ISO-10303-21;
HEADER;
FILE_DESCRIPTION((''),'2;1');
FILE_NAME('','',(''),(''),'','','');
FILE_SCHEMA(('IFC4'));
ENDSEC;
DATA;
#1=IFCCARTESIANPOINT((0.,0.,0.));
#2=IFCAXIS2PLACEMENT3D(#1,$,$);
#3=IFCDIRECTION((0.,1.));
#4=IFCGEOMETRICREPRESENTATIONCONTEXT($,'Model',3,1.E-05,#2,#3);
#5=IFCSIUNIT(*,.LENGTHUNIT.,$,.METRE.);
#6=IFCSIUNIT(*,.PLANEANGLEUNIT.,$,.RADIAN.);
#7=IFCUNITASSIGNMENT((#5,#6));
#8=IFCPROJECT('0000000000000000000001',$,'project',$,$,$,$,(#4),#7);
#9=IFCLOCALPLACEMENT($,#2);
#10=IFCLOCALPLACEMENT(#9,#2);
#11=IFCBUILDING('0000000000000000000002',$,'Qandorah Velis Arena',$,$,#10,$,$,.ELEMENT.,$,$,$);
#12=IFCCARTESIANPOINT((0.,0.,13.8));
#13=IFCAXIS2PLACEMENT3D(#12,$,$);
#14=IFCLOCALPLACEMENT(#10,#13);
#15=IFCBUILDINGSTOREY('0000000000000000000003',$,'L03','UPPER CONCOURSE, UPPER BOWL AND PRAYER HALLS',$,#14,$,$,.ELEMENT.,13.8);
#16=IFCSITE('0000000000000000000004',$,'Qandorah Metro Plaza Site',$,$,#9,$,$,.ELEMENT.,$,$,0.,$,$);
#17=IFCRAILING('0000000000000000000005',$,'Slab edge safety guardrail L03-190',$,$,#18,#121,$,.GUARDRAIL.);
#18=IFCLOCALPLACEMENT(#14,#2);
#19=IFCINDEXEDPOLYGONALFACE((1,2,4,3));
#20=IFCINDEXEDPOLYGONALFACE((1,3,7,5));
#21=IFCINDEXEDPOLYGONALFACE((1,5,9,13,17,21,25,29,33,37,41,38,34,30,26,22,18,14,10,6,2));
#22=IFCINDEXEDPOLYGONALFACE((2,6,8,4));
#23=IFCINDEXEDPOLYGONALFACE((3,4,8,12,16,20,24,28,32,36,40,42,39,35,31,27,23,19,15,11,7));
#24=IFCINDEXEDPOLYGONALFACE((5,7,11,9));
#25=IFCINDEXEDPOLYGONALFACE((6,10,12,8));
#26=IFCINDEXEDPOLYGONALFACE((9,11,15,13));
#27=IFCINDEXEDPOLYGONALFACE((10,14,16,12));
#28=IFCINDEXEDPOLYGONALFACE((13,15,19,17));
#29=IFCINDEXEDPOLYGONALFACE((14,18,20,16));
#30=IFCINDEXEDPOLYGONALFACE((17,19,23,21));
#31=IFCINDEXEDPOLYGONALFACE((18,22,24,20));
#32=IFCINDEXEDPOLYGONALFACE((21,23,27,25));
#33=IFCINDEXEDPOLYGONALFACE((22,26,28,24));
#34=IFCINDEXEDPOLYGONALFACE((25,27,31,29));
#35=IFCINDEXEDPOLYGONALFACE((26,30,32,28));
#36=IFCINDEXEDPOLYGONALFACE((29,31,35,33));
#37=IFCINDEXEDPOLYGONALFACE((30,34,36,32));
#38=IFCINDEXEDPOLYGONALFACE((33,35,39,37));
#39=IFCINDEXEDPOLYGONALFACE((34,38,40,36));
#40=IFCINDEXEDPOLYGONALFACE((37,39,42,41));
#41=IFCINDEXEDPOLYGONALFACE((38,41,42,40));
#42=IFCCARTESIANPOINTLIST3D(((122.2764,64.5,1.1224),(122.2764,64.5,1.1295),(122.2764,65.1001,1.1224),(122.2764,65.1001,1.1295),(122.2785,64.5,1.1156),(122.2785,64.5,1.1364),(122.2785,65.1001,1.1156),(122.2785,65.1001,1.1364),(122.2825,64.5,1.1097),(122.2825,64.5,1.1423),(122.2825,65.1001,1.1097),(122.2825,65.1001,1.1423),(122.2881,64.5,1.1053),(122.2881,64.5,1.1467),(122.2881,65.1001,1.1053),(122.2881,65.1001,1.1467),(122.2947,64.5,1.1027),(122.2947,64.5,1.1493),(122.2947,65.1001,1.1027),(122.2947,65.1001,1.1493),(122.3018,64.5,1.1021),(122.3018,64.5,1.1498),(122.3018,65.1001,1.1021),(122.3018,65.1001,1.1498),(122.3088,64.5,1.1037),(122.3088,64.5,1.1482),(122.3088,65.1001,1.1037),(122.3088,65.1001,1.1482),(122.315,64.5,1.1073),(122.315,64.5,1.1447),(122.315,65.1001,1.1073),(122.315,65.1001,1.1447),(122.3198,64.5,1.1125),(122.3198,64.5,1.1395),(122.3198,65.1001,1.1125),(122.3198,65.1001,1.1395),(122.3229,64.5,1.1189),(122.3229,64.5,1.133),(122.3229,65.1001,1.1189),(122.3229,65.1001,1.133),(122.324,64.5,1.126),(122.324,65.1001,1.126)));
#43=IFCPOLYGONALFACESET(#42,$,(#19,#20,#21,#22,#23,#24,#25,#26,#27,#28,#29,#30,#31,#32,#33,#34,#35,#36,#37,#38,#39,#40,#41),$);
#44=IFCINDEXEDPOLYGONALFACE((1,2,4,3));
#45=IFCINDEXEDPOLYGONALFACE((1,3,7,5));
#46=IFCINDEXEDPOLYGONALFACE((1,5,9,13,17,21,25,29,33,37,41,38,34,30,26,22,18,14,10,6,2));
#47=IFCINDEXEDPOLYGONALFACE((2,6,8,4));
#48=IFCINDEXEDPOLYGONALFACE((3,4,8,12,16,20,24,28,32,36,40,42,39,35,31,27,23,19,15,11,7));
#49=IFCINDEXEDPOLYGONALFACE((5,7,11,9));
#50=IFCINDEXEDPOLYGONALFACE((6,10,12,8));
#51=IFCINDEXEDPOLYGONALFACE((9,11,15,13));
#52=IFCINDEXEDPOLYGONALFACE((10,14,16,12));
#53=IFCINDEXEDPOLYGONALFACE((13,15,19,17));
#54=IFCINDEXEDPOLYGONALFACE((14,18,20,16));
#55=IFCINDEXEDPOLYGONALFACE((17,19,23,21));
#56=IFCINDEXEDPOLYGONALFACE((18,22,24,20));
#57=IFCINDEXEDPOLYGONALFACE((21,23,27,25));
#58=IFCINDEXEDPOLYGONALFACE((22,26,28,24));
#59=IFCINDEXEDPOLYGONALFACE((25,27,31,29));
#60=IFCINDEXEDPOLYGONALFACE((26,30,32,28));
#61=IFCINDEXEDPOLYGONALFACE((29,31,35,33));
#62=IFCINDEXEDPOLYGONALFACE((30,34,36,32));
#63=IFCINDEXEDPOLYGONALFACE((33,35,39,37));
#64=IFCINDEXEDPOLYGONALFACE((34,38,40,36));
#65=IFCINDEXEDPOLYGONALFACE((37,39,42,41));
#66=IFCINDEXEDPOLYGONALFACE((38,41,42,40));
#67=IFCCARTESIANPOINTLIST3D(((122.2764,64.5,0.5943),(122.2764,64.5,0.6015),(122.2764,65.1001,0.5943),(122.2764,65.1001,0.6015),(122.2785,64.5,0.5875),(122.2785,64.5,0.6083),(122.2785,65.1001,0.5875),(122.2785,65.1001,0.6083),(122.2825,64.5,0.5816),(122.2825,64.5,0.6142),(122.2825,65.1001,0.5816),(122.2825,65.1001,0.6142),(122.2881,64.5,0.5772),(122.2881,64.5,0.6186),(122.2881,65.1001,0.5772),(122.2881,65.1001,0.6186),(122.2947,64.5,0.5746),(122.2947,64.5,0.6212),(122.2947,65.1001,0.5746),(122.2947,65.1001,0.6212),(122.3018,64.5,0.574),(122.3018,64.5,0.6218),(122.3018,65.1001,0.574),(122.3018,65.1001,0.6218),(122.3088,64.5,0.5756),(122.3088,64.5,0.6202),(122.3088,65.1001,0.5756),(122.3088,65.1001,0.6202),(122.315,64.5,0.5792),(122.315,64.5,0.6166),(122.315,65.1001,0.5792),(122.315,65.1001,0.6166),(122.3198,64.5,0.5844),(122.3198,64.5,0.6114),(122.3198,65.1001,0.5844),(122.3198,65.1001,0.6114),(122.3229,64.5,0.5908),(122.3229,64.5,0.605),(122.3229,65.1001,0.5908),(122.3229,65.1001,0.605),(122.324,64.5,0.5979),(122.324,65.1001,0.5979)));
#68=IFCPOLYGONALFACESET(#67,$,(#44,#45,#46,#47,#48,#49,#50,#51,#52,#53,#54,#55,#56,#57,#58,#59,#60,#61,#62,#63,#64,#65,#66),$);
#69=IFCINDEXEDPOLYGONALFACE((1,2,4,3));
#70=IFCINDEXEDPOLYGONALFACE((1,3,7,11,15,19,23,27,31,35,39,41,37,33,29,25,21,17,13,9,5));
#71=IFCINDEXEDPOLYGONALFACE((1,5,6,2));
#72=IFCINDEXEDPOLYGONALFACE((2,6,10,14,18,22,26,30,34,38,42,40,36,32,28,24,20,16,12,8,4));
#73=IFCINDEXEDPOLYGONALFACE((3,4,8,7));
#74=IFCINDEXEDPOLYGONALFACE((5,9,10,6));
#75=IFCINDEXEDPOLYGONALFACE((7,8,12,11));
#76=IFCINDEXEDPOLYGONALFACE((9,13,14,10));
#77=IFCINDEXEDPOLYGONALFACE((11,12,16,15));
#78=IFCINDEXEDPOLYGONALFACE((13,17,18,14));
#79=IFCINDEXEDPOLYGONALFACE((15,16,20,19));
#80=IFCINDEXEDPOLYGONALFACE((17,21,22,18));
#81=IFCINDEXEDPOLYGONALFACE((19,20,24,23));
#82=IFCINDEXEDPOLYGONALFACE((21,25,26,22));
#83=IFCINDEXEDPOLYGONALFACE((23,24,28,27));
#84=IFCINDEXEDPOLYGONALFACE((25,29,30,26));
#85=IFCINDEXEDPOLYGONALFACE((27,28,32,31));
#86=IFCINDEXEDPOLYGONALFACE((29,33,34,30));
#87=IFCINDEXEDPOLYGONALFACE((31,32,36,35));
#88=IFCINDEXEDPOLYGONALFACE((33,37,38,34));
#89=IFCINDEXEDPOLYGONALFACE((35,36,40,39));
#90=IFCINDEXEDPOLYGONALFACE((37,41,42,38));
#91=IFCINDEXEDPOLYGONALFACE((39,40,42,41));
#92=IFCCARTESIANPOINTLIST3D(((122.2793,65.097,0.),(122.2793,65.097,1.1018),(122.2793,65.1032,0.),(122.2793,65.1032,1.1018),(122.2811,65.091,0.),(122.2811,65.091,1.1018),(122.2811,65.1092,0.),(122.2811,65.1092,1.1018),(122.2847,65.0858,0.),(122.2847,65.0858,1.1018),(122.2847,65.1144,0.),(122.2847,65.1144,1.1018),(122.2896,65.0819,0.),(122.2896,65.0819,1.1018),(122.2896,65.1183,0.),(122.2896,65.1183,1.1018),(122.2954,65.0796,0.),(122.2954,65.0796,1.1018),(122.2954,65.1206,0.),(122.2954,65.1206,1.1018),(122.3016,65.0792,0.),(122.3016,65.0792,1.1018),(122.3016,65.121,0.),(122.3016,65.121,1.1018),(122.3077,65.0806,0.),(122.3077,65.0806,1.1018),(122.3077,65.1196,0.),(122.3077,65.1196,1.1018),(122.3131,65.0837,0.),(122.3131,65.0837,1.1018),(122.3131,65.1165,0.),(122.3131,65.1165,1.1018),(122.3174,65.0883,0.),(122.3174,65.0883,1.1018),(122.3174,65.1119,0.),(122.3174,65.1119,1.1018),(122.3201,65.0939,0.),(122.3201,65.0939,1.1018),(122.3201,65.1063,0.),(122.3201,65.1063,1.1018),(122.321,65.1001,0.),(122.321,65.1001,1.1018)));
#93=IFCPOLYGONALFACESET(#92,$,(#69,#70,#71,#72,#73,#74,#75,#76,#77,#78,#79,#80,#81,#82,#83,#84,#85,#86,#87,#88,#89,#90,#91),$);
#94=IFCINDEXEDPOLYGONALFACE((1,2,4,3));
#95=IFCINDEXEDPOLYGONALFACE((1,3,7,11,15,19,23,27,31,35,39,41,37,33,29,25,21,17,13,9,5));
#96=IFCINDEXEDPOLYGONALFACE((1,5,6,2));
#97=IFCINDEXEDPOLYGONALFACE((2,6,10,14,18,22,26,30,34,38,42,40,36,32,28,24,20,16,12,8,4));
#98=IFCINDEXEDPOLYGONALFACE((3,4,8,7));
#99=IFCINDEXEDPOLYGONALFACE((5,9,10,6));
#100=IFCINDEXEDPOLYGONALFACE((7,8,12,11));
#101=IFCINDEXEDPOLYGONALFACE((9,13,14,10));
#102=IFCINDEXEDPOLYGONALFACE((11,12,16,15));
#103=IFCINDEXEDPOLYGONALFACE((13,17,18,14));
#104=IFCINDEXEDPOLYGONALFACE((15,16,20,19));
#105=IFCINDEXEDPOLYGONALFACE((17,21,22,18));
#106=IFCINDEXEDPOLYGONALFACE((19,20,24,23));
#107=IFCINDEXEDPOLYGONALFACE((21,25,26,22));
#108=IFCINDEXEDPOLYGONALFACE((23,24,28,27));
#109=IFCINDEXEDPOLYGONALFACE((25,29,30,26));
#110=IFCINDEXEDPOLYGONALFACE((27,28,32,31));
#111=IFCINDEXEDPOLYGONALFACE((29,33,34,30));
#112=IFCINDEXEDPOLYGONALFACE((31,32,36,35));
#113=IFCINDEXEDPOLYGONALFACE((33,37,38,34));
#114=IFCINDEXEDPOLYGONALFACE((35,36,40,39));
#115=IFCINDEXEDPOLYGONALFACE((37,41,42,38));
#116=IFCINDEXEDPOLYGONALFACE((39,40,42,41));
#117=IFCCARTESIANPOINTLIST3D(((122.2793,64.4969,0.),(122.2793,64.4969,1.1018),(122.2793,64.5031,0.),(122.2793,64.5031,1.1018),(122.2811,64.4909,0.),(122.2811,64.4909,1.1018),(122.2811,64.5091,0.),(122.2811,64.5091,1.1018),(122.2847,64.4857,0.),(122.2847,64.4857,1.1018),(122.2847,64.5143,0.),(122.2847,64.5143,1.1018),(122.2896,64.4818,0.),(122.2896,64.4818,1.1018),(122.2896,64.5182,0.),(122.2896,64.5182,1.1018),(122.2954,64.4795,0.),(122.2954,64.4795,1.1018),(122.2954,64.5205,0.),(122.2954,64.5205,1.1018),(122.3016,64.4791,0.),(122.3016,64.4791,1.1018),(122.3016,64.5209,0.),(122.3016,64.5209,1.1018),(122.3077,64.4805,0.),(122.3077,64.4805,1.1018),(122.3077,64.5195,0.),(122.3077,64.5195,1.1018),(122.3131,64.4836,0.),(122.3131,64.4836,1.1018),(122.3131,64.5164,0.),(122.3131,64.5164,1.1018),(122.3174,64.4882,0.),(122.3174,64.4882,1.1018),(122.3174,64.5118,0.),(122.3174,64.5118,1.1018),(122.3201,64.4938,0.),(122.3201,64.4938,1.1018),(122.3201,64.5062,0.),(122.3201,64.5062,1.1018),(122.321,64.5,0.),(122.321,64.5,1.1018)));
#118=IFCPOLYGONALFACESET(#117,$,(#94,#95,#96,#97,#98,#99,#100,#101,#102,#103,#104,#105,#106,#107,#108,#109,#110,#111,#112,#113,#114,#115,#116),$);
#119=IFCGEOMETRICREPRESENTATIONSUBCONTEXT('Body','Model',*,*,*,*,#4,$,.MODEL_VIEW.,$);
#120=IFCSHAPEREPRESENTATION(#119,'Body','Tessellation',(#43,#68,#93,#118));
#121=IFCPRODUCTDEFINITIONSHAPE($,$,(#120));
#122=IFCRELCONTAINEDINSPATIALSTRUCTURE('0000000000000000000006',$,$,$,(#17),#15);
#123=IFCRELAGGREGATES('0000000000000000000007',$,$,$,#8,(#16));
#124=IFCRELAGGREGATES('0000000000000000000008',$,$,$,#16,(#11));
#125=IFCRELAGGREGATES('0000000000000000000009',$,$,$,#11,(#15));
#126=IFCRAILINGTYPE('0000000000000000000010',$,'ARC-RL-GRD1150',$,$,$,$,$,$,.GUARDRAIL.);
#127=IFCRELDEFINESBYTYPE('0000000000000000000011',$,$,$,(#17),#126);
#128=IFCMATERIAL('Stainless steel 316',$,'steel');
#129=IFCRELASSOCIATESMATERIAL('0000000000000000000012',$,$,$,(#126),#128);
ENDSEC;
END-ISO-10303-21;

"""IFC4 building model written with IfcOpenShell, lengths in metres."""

from ifc_helpers import new_model, si_unit, direction, frame, origin, origin_2d, place, context, subcontext, project, spatial, circle, extrude, material, type_object, element, save


model = new_model("IFC4")

# Units and contexts
model_context = context("Model", 3, precision=1e-05, world=origin(), true_north=direction((0.0, 1.0)))
body_context = subcontext(model_context, "Body", "Model", "MODEL_VIEW")
ifc_project = project(units=[si_unit("LENGTHUNIT", "METRE"), si_unit("PLANEANGLEUNIT", "RADIAN")], contexts=[model_context])

# Site, building, storey
site_placement = place(None, origin())
site = spatial("IfcSite", under=ifc_project, at=site_placement, Name="Qandorah Metro Plaza Site", CompositionType="ELEMENT", RefElevation=0.0)
building_placement = place(site_placement, origin())
building = spatial("IfcBuilding", under=site, at=building_placement, Name="Qandorah Velis Arena", CompositionType="ELEMENT")
storey_placement = place(building_placement, frame((0.0, 0.0, 13.8)))
storey = spatial("IfcBuildingStorey", under=building, at=storey_placement, Name="L03", Description="UPPER CONCOURSE, UPPER BOWL AND PRAYER HALLS", CompositionType="ELEMENT", Elevation=13.8)

# Railing
ifc_material_1 = material(Name="Stainless steel 316", Category="steel")
railing_type = type_object("IfcRailingType", Name="ARC-RL-GRD1150", PredefinedType="GUARDRAIL", material=ifc_material_1)
for number, where, name in (
    (1, (122.3, 65.1001, 0.0), "Slab edge safety guardrail L03-190"),
):
    element("IfcRailing", number, at=place(storey_placement, frame(where)), inside=storey, type_object=railing_type, Name=name, PredefinedType="GUARDRAIL", context=body_context, shape_type="SweptSolid", body=[
        extrude(circle(Radius=0.0239, at=origin_2d()), frame((0.0, 0.0, 1.126), z_axis=(0.0, -1.0, 0.0), x_axis=(1.0, 0.0, 0.0)), (0.0, 0.0, 1.0), 0.6001),
        extrude(circle(Radius=0.0239, at=origin_2d()), frame((0.0, 0.0, 0.5979), z_axis=(0.0, -1.0, 0.0), x_axis=(1.0, 0.0, 0.0)), (0.0, 0.0, 1.0), 0.6001),
        extrude(circle(Radius=0.021, at=origin_2d()), origin(), (0.0, 0.0, 1.0), 1.1018),
        extrude(circle(Radius=0.021, at=origin_2d()), frame((0.0, -0.6001, 0.0)), (0.0, 0.0, 1.0), 1.1018),
    ])

save(model, "model.ifc")
